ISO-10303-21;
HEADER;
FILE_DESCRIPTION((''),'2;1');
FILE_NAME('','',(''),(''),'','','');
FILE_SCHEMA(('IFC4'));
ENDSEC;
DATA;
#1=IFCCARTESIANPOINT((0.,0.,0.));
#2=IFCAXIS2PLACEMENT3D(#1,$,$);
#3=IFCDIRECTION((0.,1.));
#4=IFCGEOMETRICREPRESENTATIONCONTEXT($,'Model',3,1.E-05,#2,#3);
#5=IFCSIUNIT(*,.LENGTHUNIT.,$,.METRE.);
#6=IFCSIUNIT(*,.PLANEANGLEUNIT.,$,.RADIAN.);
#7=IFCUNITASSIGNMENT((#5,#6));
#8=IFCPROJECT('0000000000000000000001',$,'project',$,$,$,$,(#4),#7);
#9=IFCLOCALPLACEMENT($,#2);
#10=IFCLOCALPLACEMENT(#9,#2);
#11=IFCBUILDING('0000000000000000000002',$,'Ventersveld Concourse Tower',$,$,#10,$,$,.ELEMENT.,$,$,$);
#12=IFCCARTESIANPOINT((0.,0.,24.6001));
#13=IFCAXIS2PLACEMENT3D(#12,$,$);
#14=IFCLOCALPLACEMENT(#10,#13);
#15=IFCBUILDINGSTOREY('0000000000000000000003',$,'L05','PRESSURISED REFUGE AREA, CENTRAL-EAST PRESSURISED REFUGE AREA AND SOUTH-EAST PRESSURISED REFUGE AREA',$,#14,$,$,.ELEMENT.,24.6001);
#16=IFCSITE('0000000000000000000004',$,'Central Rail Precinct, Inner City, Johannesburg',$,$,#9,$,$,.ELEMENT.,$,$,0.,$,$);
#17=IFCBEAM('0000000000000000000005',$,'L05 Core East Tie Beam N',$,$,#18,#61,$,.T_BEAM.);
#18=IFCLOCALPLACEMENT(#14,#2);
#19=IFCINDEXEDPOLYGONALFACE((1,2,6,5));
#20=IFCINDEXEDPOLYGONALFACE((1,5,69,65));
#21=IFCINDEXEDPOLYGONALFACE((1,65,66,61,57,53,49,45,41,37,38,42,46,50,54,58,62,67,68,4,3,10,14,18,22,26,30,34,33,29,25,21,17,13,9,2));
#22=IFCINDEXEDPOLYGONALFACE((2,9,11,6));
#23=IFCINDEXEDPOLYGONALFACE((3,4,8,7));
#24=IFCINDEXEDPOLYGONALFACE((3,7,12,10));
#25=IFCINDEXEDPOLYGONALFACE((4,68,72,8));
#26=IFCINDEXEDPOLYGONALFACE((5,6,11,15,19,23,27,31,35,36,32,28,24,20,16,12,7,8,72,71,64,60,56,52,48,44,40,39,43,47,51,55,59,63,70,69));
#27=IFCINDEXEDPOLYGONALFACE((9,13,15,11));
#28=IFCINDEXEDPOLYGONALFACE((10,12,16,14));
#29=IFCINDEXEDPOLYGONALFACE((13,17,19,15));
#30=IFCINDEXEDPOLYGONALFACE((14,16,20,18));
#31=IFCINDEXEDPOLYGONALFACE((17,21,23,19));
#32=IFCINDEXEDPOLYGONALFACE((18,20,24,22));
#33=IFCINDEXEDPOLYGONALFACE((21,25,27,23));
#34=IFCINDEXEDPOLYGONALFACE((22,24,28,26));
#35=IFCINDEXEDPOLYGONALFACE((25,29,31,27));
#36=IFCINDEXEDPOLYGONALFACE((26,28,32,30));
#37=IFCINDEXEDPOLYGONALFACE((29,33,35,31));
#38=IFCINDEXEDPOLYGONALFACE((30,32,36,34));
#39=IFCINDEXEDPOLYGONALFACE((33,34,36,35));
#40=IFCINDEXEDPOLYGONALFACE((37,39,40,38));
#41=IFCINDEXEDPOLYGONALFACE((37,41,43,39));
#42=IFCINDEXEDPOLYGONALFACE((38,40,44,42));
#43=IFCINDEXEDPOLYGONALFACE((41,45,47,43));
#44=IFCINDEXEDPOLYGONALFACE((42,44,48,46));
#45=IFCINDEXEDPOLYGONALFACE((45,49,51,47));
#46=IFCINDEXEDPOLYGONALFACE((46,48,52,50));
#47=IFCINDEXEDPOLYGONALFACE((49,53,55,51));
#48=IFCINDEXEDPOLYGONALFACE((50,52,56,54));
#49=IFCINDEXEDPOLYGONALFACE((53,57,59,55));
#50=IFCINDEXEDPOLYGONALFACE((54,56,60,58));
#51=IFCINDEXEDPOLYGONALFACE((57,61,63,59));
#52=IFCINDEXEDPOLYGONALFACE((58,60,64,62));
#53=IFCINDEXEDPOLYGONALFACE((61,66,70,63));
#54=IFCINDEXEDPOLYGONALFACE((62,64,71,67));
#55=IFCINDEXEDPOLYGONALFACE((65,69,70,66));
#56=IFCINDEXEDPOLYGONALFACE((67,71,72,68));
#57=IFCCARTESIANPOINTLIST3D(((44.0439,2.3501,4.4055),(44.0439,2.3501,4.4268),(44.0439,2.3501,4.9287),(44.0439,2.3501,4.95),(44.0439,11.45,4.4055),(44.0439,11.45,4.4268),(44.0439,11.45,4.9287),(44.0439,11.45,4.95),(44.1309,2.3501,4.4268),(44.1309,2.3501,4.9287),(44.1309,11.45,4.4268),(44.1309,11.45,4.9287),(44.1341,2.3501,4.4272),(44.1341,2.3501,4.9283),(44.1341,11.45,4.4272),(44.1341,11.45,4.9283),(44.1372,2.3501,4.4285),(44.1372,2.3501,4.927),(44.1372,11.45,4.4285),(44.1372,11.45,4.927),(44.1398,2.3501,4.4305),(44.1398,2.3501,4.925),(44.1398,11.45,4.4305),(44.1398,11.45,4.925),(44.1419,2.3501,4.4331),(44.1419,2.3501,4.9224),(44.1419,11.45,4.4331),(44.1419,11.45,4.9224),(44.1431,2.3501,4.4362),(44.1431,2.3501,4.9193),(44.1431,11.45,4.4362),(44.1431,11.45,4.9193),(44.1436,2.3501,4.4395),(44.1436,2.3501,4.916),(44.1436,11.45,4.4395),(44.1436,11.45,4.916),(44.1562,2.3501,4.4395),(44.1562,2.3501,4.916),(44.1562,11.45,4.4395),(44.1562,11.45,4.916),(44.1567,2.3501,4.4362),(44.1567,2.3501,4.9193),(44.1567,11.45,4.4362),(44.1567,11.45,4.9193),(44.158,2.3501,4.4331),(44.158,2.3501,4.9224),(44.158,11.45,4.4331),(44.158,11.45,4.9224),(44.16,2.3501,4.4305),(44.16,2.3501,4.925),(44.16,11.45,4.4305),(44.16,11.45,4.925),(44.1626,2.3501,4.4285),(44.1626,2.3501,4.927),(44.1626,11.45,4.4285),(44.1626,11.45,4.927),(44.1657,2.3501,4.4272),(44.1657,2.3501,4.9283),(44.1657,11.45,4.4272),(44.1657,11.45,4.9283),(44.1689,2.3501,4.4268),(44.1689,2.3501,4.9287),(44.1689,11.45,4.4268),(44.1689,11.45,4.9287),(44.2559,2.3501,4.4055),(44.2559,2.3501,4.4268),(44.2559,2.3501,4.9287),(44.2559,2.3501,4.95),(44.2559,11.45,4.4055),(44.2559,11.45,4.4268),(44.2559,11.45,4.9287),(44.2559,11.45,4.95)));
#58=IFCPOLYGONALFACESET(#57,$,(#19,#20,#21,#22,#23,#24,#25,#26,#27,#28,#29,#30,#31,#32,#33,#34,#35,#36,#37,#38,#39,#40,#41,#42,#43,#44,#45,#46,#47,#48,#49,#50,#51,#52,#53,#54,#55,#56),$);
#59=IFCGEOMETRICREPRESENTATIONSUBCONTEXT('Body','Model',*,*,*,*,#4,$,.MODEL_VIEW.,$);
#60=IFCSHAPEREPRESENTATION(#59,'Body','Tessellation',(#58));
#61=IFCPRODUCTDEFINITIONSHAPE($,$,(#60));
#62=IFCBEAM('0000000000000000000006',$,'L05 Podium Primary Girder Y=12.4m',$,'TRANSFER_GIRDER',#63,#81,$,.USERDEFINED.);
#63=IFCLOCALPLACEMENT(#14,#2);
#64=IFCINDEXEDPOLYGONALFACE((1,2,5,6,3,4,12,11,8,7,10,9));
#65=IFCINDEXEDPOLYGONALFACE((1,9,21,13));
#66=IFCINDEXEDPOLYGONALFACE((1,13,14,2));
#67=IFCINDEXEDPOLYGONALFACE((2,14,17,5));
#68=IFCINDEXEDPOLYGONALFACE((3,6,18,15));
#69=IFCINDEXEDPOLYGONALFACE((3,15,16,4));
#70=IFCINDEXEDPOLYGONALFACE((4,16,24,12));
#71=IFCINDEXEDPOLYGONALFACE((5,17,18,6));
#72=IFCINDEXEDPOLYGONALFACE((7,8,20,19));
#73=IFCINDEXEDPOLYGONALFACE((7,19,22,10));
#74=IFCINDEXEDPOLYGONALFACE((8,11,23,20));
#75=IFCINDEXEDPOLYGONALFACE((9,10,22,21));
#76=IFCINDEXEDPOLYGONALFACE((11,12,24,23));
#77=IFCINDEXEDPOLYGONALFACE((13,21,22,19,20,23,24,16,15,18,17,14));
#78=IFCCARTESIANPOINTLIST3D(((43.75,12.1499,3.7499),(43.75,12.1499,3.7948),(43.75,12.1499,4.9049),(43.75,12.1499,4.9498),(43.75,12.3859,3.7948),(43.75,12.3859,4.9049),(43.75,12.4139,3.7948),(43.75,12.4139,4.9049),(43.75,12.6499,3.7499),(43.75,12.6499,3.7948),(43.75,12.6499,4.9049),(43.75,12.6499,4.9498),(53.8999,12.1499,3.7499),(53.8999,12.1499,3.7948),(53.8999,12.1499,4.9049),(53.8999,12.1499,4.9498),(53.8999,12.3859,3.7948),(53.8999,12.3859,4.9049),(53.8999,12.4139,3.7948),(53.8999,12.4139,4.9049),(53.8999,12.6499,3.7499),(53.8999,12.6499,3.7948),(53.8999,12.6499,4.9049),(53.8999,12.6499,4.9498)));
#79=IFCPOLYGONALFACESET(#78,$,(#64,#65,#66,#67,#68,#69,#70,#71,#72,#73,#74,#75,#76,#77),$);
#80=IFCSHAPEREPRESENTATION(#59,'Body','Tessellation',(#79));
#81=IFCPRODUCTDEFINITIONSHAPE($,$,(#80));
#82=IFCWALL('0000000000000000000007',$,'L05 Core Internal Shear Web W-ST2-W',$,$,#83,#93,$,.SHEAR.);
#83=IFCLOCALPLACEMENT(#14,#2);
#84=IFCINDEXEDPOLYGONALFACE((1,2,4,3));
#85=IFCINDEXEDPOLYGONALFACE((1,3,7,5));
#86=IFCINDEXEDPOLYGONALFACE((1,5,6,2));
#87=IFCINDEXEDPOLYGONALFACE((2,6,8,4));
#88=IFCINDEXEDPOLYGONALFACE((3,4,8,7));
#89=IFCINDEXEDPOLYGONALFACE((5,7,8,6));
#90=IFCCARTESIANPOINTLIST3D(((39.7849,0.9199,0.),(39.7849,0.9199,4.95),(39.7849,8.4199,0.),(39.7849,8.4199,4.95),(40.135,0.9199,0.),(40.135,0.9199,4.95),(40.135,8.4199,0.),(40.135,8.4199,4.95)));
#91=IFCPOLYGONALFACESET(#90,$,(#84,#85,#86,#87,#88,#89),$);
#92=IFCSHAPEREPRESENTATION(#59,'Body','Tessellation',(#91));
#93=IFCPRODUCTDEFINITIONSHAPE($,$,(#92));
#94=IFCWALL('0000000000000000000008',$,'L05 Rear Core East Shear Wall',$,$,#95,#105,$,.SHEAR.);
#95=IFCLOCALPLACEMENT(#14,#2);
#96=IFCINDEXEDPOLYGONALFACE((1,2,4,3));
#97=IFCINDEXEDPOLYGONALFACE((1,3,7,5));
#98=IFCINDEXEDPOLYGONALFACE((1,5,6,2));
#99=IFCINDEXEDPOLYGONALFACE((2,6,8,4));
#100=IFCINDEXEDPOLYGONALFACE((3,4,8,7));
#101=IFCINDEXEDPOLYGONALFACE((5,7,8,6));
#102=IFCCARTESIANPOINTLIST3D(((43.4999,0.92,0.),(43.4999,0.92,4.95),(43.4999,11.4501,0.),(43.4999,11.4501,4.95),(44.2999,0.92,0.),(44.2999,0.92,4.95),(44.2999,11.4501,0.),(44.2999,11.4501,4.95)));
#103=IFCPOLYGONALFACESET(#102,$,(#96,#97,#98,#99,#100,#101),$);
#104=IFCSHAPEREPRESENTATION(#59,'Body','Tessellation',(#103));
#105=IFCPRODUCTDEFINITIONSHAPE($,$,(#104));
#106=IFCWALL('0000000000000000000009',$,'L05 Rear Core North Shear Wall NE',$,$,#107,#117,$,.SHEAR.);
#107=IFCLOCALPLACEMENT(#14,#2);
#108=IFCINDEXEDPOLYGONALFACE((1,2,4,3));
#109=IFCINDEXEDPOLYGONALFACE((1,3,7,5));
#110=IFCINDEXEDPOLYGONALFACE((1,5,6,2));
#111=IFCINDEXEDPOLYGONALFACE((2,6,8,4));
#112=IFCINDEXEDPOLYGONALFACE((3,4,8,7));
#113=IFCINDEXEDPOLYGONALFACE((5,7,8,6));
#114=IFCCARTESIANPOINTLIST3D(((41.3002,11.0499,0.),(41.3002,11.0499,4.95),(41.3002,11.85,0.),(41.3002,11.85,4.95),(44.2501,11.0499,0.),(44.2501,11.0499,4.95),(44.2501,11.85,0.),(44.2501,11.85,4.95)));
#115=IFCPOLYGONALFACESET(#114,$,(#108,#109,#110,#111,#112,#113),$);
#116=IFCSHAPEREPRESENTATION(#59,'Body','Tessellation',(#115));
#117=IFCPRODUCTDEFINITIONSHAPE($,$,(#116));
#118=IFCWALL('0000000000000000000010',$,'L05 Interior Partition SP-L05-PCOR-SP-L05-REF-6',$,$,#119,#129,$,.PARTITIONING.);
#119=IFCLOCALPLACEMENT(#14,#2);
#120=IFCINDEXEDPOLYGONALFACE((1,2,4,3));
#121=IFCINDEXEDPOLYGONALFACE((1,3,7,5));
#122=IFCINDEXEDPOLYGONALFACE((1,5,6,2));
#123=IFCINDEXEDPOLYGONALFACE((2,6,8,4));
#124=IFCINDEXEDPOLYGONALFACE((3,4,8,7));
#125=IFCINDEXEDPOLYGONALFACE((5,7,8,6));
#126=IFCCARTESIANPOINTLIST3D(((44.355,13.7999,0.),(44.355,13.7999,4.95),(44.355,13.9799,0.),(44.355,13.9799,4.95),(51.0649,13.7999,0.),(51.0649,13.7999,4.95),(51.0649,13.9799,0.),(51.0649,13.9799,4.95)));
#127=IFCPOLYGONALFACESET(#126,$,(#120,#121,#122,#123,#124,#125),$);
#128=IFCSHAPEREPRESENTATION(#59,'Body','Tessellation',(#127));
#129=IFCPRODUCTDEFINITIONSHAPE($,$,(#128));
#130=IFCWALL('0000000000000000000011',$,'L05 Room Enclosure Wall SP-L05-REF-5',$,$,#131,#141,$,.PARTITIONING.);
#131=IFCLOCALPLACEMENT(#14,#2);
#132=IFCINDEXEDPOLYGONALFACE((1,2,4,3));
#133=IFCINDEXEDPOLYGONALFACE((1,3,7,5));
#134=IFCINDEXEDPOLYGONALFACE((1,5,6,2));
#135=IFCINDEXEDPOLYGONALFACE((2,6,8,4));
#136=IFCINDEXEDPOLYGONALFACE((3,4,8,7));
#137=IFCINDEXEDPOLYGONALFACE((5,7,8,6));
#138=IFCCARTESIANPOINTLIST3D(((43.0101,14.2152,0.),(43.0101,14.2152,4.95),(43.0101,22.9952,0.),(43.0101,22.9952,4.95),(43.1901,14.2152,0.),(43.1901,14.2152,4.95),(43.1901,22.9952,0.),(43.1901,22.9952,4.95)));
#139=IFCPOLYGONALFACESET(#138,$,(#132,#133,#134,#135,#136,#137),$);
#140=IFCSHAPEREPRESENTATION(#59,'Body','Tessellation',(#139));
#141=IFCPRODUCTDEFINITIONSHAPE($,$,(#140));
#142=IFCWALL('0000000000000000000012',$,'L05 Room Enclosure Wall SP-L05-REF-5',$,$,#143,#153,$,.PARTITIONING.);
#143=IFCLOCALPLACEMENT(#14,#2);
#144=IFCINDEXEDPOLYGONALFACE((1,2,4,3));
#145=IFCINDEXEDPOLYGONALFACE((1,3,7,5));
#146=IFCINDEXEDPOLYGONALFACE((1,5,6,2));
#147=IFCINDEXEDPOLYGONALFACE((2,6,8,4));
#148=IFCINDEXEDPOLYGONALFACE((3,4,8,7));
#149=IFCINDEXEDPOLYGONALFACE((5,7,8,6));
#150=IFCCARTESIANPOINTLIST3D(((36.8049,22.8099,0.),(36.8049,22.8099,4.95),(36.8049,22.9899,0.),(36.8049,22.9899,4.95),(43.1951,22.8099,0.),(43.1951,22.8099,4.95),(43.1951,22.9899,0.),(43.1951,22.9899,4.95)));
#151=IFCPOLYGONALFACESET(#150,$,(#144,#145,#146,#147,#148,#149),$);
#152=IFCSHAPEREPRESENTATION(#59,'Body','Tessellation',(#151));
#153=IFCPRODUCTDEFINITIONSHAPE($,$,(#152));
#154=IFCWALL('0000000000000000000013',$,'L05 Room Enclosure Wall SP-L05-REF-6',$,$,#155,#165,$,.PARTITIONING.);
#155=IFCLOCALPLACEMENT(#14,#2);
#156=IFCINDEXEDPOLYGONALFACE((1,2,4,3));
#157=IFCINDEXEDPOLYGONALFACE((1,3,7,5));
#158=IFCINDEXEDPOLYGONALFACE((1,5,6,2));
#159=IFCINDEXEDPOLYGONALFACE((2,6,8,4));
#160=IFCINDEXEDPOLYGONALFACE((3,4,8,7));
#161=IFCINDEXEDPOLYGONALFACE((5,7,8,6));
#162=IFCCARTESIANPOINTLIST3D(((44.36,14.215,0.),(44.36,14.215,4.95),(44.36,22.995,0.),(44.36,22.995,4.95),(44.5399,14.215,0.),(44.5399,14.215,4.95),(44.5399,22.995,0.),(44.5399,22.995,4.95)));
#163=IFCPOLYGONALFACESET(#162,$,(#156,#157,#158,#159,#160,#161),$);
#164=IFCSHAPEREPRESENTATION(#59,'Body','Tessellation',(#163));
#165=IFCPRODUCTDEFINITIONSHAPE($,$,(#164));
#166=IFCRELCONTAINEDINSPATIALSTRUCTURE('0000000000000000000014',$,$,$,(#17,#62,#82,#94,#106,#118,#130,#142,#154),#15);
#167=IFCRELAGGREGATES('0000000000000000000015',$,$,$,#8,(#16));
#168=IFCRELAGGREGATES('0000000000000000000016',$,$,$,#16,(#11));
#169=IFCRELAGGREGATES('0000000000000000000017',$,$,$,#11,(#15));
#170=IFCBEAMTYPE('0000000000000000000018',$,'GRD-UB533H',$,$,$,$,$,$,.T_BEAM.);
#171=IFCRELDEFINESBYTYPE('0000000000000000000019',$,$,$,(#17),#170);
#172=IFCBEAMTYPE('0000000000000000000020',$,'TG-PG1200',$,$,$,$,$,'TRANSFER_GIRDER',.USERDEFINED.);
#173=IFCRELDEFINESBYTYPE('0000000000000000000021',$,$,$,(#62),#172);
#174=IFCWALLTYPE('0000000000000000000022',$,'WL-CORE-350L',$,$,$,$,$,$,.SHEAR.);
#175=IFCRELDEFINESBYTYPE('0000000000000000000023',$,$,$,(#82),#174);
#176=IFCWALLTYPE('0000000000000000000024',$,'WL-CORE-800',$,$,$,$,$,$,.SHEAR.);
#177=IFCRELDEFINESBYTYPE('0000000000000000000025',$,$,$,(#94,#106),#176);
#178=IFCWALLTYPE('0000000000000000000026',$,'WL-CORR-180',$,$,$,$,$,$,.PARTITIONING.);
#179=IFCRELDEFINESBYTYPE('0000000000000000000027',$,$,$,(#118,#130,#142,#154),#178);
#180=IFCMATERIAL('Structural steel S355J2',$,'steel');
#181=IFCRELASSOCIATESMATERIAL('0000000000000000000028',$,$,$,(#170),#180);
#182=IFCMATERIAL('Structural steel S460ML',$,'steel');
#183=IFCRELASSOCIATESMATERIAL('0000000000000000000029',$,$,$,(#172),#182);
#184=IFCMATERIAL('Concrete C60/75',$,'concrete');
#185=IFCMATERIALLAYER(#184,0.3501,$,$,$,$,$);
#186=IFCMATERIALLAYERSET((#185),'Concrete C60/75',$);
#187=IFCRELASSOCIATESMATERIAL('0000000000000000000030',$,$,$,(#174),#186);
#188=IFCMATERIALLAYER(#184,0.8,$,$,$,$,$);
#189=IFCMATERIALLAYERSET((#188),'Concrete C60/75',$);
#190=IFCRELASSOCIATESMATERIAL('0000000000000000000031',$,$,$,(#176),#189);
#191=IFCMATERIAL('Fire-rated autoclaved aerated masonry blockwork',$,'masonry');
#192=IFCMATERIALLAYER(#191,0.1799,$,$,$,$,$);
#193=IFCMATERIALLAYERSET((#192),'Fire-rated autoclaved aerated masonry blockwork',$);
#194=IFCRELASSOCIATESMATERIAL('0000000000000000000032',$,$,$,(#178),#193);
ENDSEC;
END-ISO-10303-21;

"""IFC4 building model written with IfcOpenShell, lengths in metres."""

from ifc_helpers import new_model, si_unit, direction, frame, frame_2d, origin, origin_2d, place, context, subcontext, project, spatial, rectangle, i_section, extrude, material, layer, layer_set, material_profile, profile_set, type_object, element, save


model = new_model("IFC4")

# Units and contexts
model_context = context("Model", 3, precision=1e-05, world=origin(), true_north=direction((0.0, 1.0)))
body_context = subcontext(model_context, "Body", "Model", "MODEL_VIEW")
ifc_project = project(units=[si_unit("LENGTHUNIT", "METRE"), si_unit("PLANEANGLEUNIT", "RADIAN")], contexts=[model_context])

# Site, building, storey
site_placement = place(None, origin())
site = spatial("IfcSite", under=ifc_project, at=site_placement, Name="Central Rail Precinct, Inner City, Johannesburg", CompositionType="ELEMENT", RefElevation=0.0)
building_placement = place(site_placement, origin())
building = spatial("IfcBuilding", under=site, at=building_placement, Name="Ventersveld Concourse Tower", CompositionType="ELEMENT")
storey_placement = place(building_placement, frame((0.0, 0.0, 24.6001)))
storey = spatial("IfcBuildingStorey", under=building, at=storey_placement, Name="L05", Description="PRESSURISED REFUGE AREA, CENTRAL-EAST PRESSURISED REFUGE AREA AND SOUTH-EAST PRESSURISED REFUGE AREA", CompositionType="ELEMENT", Elevation=24.6001)

# Shared definitions
ifc_material_1 = material(Name="Concrete C60/75", Category="concrete")

# Beams
ifc_material_2 = material(Name="Structural steel S355J2", Category="steel")
ifc_material_profile_1 = material_profile(ifc_material_2, i_section(OverallWidth=0.2119, OverallDepth=0.5444, WebThickness=0.0127, FlangeThickness=0.0212, FilletRadius=0.0127, at=origin_2d()), Name="UB 533x210x122")
ifc_profile_set_1 = profile_set([ifc_material_profile_1], Name="Structural steel S355J2")
beam_type_1 = type_object("IfcBeamType", Name="GRD-UB533H", PredefinedType="T_BEAM", material=ifc_profile_set_1)
beam_1_placement = place(storey_placement, frame((44.1499, 2.3501, 4.6777), z_axis=(0.0, 1.0, 0.0), x_axis=(-1.0, 0.0, 0.0)))
element("IfcBeam", 1, at=beam_1_placement, inside=storey, type_object=beam_type_1, Name="L05 Core East Tie Beam N", PredefinedType="T_BEAM", context=body_context, shape_type="SweptSolid", body=[
    extrude(i_section(OverallWidth=0.2119, OverallDepth=0.5444, WebThickness=0.0127, FlangeThickness=0.0212, FilletRadius=0.0127, at=origin_2d()), origin(), (0.0, 0.0, 1.0), 9.0999),
])
ifc_material_3 = material(Name="Structural steel S460ML", Category="steel")
ifc_material_profile_2 = material_profile(ifc_material_3, i_section(OverallWidth=0.5, OverallDepth=1.2, WebThickness=0.0281, FlangeThickness=0.0449, at=origin_2d()), Name="PG 1200x500x45")
ifc_profile_set_2 = profile_set([ifc_material_profile_2], Name="Structural steel S460ML")
beam_type_2 = type_object("IfcBeamType", Name="TG-PG1200", ElementType="TRANSFER_GIRDER", PredefinedType="USERDEFINED", material=ifc_profile_set_2)
beam_2_placement = place(storey_placement, frame((43.75, 12.3999, 4.3499), z_axis=(1.0, 0.0, 0.0), x_axis=(0.0, 1.0, 0.0)))
element("IfcBeam", 2, at=beam_2_placement, inside=storey, type_object=beam_type_2, Name="L05 Podium Primary Girder Y=12.4m", ObjectType="TRANSFER_GIRDER", PredefinedType="USERDEFINED", context=body_context, shape_type="SweptSolid", body=[
    extrude(i_section(OverallWidth=0.5, OverallDepth=1.2, WebThickness=0.0281, FlangeThickness=0.0449, at=origin_2d()), origin(), (0.0, 0.0, 1.0), 10.1499),
])

# Walls
ifc_layer_1 = layer(ifc_material_1, 0.3501)
ifc_layer_set_1 = layer_set([ifc_layer_1], Name="Concrete C60/75")
wall_type_1 = type_object("IfcWallType", Name="WL-CORE-350L", PredefinedType="SHEAR", material=ifc_layer_set_1)
wall_1_placement = place(storey_placement, frame((39.96, 0.9199, 0.0), z_axis=(0.0, 0.0, 1.0), x_axis=(0.0, 1.0, 0.0)))
element("IfcWall", 3, at=wall_1_placement, inside=storey, type_object=wall_type_1, Name="L05 Core Internal Shear Web W-ST2-W", PredefinedType="SHEAR", context=body_context, shape_type="SweptSolid", body=[
    extrude(rectangle(XDim=7.5, YDim=0.3501, at=frame_2d((3.75, 0.0))), origin(), (0.0, 0.0, 1.0), 4.95),
])
ifc_layer_2 = layer(ifc_material_1, 0.8)
ifc_layer_set_2 = layer_set([ifc_layer_2], Name="Concrete C60/75")
wall_type_2 = type_object("IfcWallType", Name="WL-CORE-800", PredefinedType="SHEAR", material=ifc_layer_set_2)
wall_2_placement = place(storey_placement, frame((43.8999, 0.9199, 0.0), z_axis=(0.0, 0.0, 1.0), x_axis=(0.0, 1.0, 0.0)))
element("IfcWall", 4, at=wall_2_placement, inside=storey, type_object=wall_type_2, Name="L05 Rear Core East Shear Wall", PredefinedType="SHEAR", context=body_context, shape_type="SweptSolid", body=[
    extrude(rectangle(XDim=10.53, YDim=0.8, at=frame_2d((5.2651, 0.0))), origin(), (0.0, 0.0, 1.0), 4.95),
])
wall_3_placement = place(storey_placement, frame((41.3, 11.45, 0.0), z_axis=(0.0, 0.0, 1.0), x_axis=(1.0, 0.0, 0.0)))
element("IfcWall", 5, at=wall_3_placement, inside=storey, type_object=wall_type_2, Name="L05 Rear Core North Shear Wall NE", PredefinedType="SHEAR", context=body_context, shape_type="SweptSolid", body=[
    extrude(rectangle(XDim=2.95, YDim=0.8, at=frame_2d((1.4751, 0.0))), origin(), (0.0, 0.0, 1.0), 4.95),
])
ifc_material_4 = material(Name="Fire-rated autoclaved aerated masonry blockwork", Category="masonry")
ifc_layer_3 = layer(ifc_material_4, 0.1799)
ifc_layer_set_3 = layer_set([ifc_layer_3], Name="Fire-rated autoclaved aerated masonry blockwork")
wall_type_3 = type_object("IfcWallType", Name="WL-CORR-180", PredefinedType="PARTITIONING", material=ifc_layer_set_3)
wall_4_placement = place(storey_placement, frame((44.355, 13.8899, 0.0), z_axis=(0.0, 0.0, 1.0), x_axis=(1.0, 0.0, 0.0)))
element("IfcWall", 6, at=wall_4_placement, inside=storey, type_object=wall_type_3, Name="L05 Interior Partition SP-L05-PCOR-SP-L05-REF-6", PredefinedType="PARTITIONING", context=body_context, shape_type="SweptSolid", body=[
    extrude(rectangle(XDim=6.71, YDim=0.1799, at=frame_2d((3.355, 0.0))), origin(), (0.0, 0.0, 1.0), 4.95),
])
wall_5_placement = place(storey_placement, frame((43.1001, 14.2151, 0.0), z_axis=(0.0, 0.0, 1.0), x_axis=(0.0, 1.0, 0.0)))
element("IfcWall", 7, at=wall_5_placement, inside=storey, type_object=wall_type_3, Name="L05 Room Enclosure Wall SP-L05-REF-5", PredefinedType="PARTITIONING", context=body_context, shape_type="SweptSolid", body=[
    extrude(rectangle(XDim=8.78, YDim=0.1799, at=frame_2d((4.3901, 0.0))), origin(), (0.0, 0.0, 1.0), 4.95),
])
wall_6_placement = place(storey_placement, frame((43.1951, 22.8999, 0.0), z_axis=(0.0, 0.0, 1.0), x_axis=(-1.0, 0.0, 0.0)))
element("IfcWall", 8, at=wall_6_placement, inside=storey, type_object=wall_type_3, Name="L05 Room Enclosure Wall SP-L05-REF-5", PredefinedType="PARTITIONING", context=body_context, shape_type="SweptSolid", body=[
    extrude(rectangle(XDim=6.3901, YDim=0.1799, at=frame_2d((3.1951, 0.0))), origin(), (0.0, 0.0, 1.0), 4.95),
])
wall_7_placement = place(storey_placement, frame((44.45, 22.9951, 0.0), z_axis=(0.0, 0.0, 1.0), x_axis=(0.0, -1.0, 0.0)))
element("IfcWall", 9, at=wall_7_placement, inside=storey, type_object=wall_type_3, Name="L05 Room Enclosure Wall SP-L05-REF-6", PredefinedType="PARTITIONING", context=body_context, shape_type="SweptSolid", body=[
    extrude(rectangle(XDim=8.78, YDim=0.1799, at=frame_2d((4.3901, 0.0))), origin(), (0.0, 0.0, 1.0), 4.95),
])

save(model, "model.ifc")
